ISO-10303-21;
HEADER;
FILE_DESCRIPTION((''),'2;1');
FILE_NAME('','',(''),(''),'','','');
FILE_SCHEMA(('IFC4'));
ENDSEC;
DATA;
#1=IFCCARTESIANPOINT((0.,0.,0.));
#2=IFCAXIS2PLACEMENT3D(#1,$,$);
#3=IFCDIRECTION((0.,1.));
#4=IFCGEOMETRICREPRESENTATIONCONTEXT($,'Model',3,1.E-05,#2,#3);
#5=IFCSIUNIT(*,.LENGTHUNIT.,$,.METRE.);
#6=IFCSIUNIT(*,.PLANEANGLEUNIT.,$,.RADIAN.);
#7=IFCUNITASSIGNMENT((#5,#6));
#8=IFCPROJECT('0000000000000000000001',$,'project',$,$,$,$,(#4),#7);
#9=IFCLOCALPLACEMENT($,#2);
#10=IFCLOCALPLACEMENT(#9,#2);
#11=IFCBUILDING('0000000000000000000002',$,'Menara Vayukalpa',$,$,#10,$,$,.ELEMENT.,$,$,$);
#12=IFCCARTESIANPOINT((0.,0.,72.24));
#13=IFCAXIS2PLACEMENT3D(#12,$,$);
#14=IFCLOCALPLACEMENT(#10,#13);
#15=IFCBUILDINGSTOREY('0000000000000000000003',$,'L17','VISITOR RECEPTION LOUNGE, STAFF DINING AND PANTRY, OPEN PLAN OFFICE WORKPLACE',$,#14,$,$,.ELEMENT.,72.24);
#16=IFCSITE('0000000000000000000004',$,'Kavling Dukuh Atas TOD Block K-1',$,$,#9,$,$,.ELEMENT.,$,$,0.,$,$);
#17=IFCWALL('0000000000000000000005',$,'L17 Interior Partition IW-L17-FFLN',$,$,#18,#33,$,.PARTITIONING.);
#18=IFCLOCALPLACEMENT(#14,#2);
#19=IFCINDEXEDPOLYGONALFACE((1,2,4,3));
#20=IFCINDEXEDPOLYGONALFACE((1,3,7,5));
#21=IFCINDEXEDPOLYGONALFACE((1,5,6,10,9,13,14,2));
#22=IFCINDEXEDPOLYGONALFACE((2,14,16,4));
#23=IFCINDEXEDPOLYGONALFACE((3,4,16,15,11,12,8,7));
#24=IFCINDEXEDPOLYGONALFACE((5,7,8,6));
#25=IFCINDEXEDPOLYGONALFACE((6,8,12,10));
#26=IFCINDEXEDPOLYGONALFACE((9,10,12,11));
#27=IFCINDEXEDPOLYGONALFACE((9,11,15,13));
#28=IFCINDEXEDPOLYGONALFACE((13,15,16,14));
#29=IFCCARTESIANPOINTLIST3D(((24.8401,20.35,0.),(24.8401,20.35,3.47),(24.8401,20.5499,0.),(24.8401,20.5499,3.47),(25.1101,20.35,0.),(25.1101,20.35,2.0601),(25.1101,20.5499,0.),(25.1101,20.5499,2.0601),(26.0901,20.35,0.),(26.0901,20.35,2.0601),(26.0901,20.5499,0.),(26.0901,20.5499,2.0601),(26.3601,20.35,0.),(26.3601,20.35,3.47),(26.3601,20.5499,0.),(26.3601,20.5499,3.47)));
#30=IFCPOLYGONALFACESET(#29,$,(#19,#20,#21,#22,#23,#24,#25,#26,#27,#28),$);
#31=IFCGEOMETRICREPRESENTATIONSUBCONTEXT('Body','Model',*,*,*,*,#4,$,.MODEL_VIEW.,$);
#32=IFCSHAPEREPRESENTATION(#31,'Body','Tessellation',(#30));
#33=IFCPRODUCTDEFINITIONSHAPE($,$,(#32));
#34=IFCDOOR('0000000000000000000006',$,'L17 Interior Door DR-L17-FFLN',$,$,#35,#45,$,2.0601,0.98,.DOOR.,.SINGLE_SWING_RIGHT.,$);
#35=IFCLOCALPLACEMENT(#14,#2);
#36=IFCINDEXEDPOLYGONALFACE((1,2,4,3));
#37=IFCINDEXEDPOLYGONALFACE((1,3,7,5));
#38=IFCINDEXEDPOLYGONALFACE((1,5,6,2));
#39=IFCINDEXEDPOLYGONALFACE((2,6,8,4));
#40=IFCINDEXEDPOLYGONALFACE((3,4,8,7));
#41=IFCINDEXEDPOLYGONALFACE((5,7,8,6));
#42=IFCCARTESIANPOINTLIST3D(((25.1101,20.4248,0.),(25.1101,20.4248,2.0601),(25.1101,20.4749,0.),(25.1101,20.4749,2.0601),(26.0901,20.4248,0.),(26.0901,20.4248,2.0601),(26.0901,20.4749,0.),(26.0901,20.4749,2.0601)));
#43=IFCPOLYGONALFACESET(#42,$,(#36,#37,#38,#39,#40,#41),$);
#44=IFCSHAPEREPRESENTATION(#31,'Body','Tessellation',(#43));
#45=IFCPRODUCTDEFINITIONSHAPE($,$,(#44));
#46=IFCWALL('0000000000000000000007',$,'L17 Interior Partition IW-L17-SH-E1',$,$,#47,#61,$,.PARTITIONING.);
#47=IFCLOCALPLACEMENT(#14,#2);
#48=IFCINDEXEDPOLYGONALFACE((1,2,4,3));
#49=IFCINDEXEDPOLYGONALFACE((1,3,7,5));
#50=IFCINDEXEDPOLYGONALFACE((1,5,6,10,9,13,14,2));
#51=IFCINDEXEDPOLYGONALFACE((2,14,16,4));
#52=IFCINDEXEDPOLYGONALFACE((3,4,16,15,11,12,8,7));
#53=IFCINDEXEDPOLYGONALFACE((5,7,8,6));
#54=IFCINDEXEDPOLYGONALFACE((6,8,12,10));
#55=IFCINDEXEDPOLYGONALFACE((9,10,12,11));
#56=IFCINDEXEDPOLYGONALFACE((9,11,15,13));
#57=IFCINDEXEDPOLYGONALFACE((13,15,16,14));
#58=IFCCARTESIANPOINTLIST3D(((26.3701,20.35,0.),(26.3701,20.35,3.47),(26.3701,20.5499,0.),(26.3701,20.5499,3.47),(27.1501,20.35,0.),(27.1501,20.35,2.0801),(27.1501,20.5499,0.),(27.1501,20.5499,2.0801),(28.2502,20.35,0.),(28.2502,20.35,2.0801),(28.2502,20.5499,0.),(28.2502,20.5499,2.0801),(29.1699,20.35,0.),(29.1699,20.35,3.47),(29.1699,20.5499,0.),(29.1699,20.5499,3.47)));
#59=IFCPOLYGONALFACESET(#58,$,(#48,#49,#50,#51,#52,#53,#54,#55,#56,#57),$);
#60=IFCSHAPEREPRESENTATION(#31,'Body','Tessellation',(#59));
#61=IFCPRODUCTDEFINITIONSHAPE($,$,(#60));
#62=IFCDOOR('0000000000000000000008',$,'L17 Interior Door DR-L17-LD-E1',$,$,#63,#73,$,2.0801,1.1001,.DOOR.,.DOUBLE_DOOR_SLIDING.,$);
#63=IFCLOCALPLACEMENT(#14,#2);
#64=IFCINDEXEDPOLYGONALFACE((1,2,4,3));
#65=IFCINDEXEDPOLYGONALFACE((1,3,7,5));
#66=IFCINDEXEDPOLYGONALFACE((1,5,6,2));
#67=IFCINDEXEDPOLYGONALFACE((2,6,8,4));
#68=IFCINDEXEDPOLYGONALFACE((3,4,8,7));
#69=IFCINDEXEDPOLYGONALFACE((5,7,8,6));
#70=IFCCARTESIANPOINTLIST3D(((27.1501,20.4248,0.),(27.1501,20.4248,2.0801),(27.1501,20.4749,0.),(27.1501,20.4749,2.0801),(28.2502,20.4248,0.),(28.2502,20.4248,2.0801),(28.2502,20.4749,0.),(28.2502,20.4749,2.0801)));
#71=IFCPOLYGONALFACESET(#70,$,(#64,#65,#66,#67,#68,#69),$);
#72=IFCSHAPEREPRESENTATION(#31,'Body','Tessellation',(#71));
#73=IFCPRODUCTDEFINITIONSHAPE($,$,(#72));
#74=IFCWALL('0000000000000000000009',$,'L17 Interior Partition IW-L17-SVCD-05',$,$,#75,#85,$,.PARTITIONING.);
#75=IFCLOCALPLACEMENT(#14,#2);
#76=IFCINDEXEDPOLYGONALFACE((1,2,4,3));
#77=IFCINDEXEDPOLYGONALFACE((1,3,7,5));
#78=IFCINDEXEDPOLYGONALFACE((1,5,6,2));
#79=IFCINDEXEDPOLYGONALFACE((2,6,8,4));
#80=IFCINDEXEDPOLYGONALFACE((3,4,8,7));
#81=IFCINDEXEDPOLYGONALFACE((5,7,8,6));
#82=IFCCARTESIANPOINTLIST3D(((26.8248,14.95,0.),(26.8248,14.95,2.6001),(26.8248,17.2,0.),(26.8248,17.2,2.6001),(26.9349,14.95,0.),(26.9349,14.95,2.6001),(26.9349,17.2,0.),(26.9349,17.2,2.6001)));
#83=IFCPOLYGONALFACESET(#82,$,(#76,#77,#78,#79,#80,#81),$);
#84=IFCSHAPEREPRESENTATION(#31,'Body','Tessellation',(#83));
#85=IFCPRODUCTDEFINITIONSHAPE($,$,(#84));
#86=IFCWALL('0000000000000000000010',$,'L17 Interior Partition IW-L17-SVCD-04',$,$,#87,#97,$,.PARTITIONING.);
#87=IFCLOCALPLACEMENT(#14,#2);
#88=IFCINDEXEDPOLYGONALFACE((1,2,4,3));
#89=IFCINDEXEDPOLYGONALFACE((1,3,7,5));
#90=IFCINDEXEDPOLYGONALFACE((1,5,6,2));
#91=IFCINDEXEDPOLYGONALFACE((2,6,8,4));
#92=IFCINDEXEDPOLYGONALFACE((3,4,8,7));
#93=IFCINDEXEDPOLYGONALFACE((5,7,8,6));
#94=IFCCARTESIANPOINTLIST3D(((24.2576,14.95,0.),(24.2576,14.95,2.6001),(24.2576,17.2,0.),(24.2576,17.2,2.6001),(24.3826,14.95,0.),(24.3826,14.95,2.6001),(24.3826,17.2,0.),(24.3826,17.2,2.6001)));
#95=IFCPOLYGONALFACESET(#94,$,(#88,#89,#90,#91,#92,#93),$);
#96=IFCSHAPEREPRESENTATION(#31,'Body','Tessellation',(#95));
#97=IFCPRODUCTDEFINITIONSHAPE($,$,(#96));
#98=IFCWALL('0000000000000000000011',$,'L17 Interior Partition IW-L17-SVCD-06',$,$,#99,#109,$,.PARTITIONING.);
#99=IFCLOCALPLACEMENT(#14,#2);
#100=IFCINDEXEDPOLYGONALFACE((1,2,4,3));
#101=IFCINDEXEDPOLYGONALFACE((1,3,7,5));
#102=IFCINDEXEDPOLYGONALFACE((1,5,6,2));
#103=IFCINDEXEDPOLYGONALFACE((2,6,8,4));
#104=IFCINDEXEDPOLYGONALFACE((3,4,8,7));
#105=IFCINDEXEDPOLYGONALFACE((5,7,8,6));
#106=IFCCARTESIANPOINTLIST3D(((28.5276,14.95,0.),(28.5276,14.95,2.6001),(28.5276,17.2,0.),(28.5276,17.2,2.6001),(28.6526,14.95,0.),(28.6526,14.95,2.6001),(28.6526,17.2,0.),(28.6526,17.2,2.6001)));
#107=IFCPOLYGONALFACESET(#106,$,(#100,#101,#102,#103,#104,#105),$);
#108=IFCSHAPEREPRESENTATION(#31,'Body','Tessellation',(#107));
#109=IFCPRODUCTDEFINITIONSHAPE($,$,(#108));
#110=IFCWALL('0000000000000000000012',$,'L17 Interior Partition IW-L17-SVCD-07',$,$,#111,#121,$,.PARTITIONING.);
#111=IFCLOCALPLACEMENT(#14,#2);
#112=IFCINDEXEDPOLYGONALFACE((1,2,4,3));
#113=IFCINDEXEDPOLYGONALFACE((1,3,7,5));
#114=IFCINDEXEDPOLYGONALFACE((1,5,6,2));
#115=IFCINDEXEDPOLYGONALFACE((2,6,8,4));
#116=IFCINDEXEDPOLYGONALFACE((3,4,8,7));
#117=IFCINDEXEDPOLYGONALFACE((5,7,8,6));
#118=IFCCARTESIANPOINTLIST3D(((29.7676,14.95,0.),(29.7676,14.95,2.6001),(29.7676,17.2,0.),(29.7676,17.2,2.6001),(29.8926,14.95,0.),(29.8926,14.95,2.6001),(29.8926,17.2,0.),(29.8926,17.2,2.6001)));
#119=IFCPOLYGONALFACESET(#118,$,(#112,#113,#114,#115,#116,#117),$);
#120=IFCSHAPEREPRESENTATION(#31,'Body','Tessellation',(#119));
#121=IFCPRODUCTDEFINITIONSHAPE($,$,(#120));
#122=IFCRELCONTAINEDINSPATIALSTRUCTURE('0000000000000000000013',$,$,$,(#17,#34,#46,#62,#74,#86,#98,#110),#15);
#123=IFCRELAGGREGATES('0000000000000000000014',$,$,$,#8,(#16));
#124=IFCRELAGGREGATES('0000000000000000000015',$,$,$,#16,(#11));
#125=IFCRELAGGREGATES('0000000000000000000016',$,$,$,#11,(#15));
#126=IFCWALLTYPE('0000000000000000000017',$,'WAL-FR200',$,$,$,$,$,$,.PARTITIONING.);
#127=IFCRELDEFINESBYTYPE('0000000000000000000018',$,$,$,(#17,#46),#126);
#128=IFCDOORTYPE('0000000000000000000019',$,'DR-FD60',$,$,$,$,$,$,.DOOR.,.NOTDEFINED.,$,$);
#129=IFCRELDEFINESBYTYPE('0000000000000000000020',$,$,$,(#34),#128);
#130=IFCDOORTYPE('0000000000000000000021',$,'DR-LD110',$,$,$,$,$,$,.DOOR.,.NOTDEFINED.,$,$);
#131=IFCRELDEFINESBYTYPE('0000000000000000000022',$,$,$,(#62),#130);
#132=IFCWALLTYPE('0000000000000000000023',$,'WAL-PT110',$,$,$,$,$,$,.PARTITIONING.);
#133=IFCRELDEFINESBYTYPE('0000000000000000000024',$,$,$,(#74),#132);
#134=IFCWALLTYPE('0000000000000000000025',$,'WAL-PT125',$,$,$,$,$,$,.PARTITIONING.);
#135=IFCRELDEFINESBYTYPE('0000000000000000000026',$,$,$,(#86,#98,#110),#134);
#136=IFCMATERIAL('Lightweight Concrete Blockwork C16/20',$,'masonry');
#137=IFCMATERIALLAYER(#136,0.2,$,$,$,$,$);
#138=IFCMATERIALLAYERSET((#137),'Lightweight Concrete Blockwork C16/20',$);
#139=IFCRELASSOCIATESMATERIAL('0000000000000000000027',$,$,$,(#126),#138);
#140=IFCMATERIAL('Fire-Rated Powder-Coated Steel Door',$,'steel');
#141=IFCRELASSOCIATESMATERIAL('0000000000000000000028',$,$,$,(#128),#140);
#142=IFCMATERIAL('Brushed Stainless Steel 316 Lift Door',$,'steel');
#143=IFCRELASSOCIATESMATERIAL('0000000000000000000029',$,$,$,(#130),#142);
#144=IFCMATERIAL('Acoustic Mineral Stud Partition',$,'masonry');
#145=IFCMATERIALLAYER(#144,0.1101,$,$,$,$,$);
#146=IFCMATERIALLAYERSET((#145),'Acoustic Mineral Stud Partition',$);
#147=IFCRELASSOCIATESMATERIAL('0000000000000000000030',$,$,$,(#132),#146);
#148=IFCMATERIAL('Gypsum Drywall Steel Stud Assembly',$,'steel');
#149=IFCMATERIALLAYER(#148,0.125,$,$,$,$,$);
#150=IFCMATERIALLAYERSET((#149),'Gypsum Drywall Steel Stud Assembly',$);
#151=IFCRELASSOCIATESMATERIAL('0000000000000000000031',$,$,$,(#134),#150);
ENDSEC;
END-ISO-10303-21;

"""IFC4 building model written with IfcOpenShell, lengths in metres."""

from ifc_helpers import new_model, si_unit, direction, frame, frame_2d, origin, place, context, subcontext, project, spatial, rectangle, extrude, material, layer, layer_set, type_object, element, fill, save


model = new_model("IFC4")

# Units and contexts
model_context = context("Model", 3, precision=1e-05, world=origin(), true_north=direction((0.0, 1.0)))
body_context = subcontext(model_context, "Body", "Model", "MODEL_VIEW")
ifc_project = project(units=[si_unit("LENGTHUNIT", "METRE"), si_unit("PLANEANGLEUNIT", "RADIAN")], contexts=[model_context])

# Site, building, storey
site_placement = place(None, origin())
site = spatial("IfcSite", under=ifc_project, at=site_placement, Name="Kavling Dukuh Atas TOD Block K-1", CompositionType="ELEMENT", RefElevation=0.0)
building_placement = place(site_placement, origin())
building = spatial("IfcBuilding", under=site, at=building_placement, Name="Menara Vayukalpa", CompositionType="ELEMENT")
storey_placement = place(building_placement, frame((0.0, 0.0, 72.24)))
storey = spatial("IfcBuildingStorey", under=building, at=storey_placement, Name="L17", Description="VISITOR RECEPTION LOUNGE, STAFF DINING AND PANTRY, OPEN PLAN OFFICE WORKPLACE", CompositionType="ELEMENT", Elevation=72.24)

# Walls, openings, doors
ifc_material_1 = material(Name="Lightweight Concrete Blockwork C16/20", Category="masonry")
ifc_layer_1 = layer(ifc_material_1, 0.2)
ifc_layer_set_1 = layer_set([ifc_layer_1], Name="Lightweight Concrete Blockwork C16/20")
wall_type_1 = type_object("IfcWallType", Name="WAL-FR200", PredefinedType="PARTITIONING", material=ifc_layer_set_1)
wall_1_placement = place(storey_placement, frame((24.8401, 20.45, 0.0), z_axis=(0.0, 0.0, 1.0), x_axis=(1.0, 0.0, 0.0)))
wall_1 = element("IfcWall", 1, at=wall_1_placement, inside=storey, type_object=wall_type_1, Name="L17 Interior Partition IW-L17-FFLN", PredefinedType="PARTITIONING", context=body_context, shape_type="SweptSolid", body=[
    extrude(rectangle(XDim=1.52, YDim=0.2, at=frame_2d((0.76, 0.0))), origin(), (0.0, 0.0, 1.0), 3.47),
])
opening_1_placement = place(wall_1_placement, frame((0.27, 0.0, 0.0)))
opening_1 = element("IfcOpeningElement", 2, at=opening_1_placement, cuts=wall_1, PredefinedType="OPENING", context=body_context, shape_type="SweptSolid", body=[
    extrude(rectangle(XDim=0.98, YDim=2.0601, at=frame_2d((0.49, 1.03))), frame((0.0, 0.1099, 0.0), z_axis=(0.0, -1.0, 0.0), x_axis=(1.0, 0.0, 0.0)), (0.0, 0.0, 1.0), 0.22),
])
ifc_material_2 = material(Name="Fire-Rated Powder-Coated Steel Door", Category="steel")
door_type_1 = type_object("IfcDoorType", Name="DR-FD60", OperationType="NOTDEFINED", PredefinedType="DOOR", material=ifc_material_2)
door_1_placement = place(opening_1_placement, origin())
door_1 = element("IfcDoor", 3, at=door_1_placement, inside=storey, type_object=door_type_1, Name="L17 Interior Door DR-L17-FFLN", OperationType="SINGLE_SWING_RIGHT", OverallHeight=2.0601, OverallWidth=0.98, PredefinedType="DOOR", context=body_context, shape_type="SweptSolid", body=[
    extrude(rectangle(XDim=0.98, YDim=2.0601, at=frame_2d((0.49, 1.03))), frame((0.0, 0.0249, 0.0), z_axis=(0.0, -1.0, 0.0), x_axis=(1.0, 0.0, 0.0)), (0.0, 0.0, 1.0), 0.05),
])
fill(opening_1, door_1)
wall_2_placement = place(storey_placement, frame((26.3701, 20.45, 0.0), z_axis=(0.0, 0.0, 1.0), x_axis=(1.0, 0.0, 0.0)))
wall_2 = element("IfcWall", 4, at=wall_2_placement, inside=storey, type_object=wall_type_1, Name="L17 Interior Partition IW-L17-SH-E1", PredefinedType="PARTITIONING", context=body_context, shape_type="SweptSolid", body=[
    extrude(rectangle(XDim=2.7998, YDim=0.2, at=frame_2d((1.3999, 0.0))), origin(), (0.0, 0.0, 1.0), 3.47),
])
opening_2_placement = place(wall_2_placement, frame((0.78, 0.0, 0.0)))
opening_2 = element("IfcOpeningElement", 5, at=opening_2_placement, cuts=wall_2, PredefinedType="OPENING", context=body_context, shape_type="SweptSolid", body=[
    extrude(rectangle(XDim=1.1001, YDim=2.0801, at=frame_2d((0.55, 1.04))), frame((0.0, 0.1099, 0.0), z_axis=(0.0, -1.0, 0.0), x_axis=(1.0, 0.0, 0.0)), (0.0, 0.0, 1.0), 0.22),
])
ifc_material_3 = material(Name="Brushed Stainless Steel 316 Lift Door", Category="steel")
door_type_2 = type_object("IfcDoorType", Name="DR-LD110", OperationType="NOTDEFINED", PredefinedType="DOOR", material=ifc_material_3)
door_2_placement = place(opening_2_placement, origin())
door_2 = element("IfcDoor", 6, at=door_2_placement, inside=storey, type_object=door_type_2, Name="L17 Interior Door DR-L17-LD-E1", OperationType="DOUBLE_DOOR_SLIDING", OverallHeight=2.0801, OverallWidth=1.1001, PredefinedType="DOOR", context=body_context, shape_type="SweptSolid", body=[
    extrude(rectangle(XDim=1.1001, YDim=2.0801, at=frame_2d((0.55, 1.04))), frame((0.0, 0.0249, 0.0), z_axis=(0.0, -1.0, 0.0), x_axis=(1.0, 0.0, 0.0)), (0.0, 0.0, 1.0), 0.05),
])
fill(opening_2, door_2)

# Walls
ifc_material_4 = material(Name="Acoustic Mineral Stud Partition", Category="masonry")
ifc_layer_2 = layer(ifc_material_4, 0.1101)
ifc_layer_set_2 = layer_set([ifc_layer_2], Name="Acoustic Mineral Stud Partition")
wall_type_2 = type_object("IfcWallType", Name="WAL-PT110", PredefinedType="PARTITIONING", material=ifc_layer_set_2)
wall_3_placement = place(storey_placement, frame((26.8799, 14.95, 0.0), z_axis=(0.0, 0.0, 1.0), x_axis=(0.0, 1.0, 0.0)))
element("IfcWall", 7, at=wall_3_placement, inside=storey, type_object=wall_type_2, Name="L17 Interior Partition IW-L17-SVCD-05", PredefinedType="PARTITIONING", context=body_context, shape_type="SweptSolid", body=[
    extrude(rectangle(XDim=2.25, YDim=0.1101, at=frame_2d((1.125, 0.0))), origin(), (0.0, 0.0, 1.0), 2.6001),
])
ifc_material_5 = material(Name="Gypsum Drywall Steel Stud Assembly", Category="steel")
ifc_layer_3 = layer(ifc_material_5, 0.125)
ifc_layer_set_3 = layer_set([ifc_layer_3], Name="Gypsum Drywall Steel Stud Assembly")
wall_type_3 = type_object("IfcWallType", Name="WAL-PT125", PredefinedType="PARTITIONING", material=ifc_layer_set_3)
for number, where, z_axis, x_axis, name in (
    (8, (24.3201, 14.95, 0.0), (0.0, 0.0, 1.0), (0.0, 1.0, 0.0), "L17 Interior Partition IW-L17-SVCD-04"),
    (9, (28.5901, 14.95, 0.0), (0.0, 0.0, 1.0), (0.0, 1.0, 0.0), "L17 Interior Partition IW-L17-SVCD-06"),
    (10, (29.8301, 14.95, 0.0), (0.0, 0.0, 1.0), (0.0, 1.0, 0.0), "L17 Interior Partition IW-L17-SVCD-07"),
):
    element("IfcWall", number, at=place(storey_placement, frame(where, z_axis=z_axis, x_axis=x_axis)), inside=storey, type_object=wall_type_3, Name=name, PredefinedType="PARTITIONING", context=body_context, shape_type="SweptSolid", body=[
        extrude(rectangle(XDim=2.25, YDim=0.125, at=frame_2d((1.125, 0.0))), origin(), (0.0, 0.0, 1.0), 2.6001),
    ])

save(model, "model.ifc")
